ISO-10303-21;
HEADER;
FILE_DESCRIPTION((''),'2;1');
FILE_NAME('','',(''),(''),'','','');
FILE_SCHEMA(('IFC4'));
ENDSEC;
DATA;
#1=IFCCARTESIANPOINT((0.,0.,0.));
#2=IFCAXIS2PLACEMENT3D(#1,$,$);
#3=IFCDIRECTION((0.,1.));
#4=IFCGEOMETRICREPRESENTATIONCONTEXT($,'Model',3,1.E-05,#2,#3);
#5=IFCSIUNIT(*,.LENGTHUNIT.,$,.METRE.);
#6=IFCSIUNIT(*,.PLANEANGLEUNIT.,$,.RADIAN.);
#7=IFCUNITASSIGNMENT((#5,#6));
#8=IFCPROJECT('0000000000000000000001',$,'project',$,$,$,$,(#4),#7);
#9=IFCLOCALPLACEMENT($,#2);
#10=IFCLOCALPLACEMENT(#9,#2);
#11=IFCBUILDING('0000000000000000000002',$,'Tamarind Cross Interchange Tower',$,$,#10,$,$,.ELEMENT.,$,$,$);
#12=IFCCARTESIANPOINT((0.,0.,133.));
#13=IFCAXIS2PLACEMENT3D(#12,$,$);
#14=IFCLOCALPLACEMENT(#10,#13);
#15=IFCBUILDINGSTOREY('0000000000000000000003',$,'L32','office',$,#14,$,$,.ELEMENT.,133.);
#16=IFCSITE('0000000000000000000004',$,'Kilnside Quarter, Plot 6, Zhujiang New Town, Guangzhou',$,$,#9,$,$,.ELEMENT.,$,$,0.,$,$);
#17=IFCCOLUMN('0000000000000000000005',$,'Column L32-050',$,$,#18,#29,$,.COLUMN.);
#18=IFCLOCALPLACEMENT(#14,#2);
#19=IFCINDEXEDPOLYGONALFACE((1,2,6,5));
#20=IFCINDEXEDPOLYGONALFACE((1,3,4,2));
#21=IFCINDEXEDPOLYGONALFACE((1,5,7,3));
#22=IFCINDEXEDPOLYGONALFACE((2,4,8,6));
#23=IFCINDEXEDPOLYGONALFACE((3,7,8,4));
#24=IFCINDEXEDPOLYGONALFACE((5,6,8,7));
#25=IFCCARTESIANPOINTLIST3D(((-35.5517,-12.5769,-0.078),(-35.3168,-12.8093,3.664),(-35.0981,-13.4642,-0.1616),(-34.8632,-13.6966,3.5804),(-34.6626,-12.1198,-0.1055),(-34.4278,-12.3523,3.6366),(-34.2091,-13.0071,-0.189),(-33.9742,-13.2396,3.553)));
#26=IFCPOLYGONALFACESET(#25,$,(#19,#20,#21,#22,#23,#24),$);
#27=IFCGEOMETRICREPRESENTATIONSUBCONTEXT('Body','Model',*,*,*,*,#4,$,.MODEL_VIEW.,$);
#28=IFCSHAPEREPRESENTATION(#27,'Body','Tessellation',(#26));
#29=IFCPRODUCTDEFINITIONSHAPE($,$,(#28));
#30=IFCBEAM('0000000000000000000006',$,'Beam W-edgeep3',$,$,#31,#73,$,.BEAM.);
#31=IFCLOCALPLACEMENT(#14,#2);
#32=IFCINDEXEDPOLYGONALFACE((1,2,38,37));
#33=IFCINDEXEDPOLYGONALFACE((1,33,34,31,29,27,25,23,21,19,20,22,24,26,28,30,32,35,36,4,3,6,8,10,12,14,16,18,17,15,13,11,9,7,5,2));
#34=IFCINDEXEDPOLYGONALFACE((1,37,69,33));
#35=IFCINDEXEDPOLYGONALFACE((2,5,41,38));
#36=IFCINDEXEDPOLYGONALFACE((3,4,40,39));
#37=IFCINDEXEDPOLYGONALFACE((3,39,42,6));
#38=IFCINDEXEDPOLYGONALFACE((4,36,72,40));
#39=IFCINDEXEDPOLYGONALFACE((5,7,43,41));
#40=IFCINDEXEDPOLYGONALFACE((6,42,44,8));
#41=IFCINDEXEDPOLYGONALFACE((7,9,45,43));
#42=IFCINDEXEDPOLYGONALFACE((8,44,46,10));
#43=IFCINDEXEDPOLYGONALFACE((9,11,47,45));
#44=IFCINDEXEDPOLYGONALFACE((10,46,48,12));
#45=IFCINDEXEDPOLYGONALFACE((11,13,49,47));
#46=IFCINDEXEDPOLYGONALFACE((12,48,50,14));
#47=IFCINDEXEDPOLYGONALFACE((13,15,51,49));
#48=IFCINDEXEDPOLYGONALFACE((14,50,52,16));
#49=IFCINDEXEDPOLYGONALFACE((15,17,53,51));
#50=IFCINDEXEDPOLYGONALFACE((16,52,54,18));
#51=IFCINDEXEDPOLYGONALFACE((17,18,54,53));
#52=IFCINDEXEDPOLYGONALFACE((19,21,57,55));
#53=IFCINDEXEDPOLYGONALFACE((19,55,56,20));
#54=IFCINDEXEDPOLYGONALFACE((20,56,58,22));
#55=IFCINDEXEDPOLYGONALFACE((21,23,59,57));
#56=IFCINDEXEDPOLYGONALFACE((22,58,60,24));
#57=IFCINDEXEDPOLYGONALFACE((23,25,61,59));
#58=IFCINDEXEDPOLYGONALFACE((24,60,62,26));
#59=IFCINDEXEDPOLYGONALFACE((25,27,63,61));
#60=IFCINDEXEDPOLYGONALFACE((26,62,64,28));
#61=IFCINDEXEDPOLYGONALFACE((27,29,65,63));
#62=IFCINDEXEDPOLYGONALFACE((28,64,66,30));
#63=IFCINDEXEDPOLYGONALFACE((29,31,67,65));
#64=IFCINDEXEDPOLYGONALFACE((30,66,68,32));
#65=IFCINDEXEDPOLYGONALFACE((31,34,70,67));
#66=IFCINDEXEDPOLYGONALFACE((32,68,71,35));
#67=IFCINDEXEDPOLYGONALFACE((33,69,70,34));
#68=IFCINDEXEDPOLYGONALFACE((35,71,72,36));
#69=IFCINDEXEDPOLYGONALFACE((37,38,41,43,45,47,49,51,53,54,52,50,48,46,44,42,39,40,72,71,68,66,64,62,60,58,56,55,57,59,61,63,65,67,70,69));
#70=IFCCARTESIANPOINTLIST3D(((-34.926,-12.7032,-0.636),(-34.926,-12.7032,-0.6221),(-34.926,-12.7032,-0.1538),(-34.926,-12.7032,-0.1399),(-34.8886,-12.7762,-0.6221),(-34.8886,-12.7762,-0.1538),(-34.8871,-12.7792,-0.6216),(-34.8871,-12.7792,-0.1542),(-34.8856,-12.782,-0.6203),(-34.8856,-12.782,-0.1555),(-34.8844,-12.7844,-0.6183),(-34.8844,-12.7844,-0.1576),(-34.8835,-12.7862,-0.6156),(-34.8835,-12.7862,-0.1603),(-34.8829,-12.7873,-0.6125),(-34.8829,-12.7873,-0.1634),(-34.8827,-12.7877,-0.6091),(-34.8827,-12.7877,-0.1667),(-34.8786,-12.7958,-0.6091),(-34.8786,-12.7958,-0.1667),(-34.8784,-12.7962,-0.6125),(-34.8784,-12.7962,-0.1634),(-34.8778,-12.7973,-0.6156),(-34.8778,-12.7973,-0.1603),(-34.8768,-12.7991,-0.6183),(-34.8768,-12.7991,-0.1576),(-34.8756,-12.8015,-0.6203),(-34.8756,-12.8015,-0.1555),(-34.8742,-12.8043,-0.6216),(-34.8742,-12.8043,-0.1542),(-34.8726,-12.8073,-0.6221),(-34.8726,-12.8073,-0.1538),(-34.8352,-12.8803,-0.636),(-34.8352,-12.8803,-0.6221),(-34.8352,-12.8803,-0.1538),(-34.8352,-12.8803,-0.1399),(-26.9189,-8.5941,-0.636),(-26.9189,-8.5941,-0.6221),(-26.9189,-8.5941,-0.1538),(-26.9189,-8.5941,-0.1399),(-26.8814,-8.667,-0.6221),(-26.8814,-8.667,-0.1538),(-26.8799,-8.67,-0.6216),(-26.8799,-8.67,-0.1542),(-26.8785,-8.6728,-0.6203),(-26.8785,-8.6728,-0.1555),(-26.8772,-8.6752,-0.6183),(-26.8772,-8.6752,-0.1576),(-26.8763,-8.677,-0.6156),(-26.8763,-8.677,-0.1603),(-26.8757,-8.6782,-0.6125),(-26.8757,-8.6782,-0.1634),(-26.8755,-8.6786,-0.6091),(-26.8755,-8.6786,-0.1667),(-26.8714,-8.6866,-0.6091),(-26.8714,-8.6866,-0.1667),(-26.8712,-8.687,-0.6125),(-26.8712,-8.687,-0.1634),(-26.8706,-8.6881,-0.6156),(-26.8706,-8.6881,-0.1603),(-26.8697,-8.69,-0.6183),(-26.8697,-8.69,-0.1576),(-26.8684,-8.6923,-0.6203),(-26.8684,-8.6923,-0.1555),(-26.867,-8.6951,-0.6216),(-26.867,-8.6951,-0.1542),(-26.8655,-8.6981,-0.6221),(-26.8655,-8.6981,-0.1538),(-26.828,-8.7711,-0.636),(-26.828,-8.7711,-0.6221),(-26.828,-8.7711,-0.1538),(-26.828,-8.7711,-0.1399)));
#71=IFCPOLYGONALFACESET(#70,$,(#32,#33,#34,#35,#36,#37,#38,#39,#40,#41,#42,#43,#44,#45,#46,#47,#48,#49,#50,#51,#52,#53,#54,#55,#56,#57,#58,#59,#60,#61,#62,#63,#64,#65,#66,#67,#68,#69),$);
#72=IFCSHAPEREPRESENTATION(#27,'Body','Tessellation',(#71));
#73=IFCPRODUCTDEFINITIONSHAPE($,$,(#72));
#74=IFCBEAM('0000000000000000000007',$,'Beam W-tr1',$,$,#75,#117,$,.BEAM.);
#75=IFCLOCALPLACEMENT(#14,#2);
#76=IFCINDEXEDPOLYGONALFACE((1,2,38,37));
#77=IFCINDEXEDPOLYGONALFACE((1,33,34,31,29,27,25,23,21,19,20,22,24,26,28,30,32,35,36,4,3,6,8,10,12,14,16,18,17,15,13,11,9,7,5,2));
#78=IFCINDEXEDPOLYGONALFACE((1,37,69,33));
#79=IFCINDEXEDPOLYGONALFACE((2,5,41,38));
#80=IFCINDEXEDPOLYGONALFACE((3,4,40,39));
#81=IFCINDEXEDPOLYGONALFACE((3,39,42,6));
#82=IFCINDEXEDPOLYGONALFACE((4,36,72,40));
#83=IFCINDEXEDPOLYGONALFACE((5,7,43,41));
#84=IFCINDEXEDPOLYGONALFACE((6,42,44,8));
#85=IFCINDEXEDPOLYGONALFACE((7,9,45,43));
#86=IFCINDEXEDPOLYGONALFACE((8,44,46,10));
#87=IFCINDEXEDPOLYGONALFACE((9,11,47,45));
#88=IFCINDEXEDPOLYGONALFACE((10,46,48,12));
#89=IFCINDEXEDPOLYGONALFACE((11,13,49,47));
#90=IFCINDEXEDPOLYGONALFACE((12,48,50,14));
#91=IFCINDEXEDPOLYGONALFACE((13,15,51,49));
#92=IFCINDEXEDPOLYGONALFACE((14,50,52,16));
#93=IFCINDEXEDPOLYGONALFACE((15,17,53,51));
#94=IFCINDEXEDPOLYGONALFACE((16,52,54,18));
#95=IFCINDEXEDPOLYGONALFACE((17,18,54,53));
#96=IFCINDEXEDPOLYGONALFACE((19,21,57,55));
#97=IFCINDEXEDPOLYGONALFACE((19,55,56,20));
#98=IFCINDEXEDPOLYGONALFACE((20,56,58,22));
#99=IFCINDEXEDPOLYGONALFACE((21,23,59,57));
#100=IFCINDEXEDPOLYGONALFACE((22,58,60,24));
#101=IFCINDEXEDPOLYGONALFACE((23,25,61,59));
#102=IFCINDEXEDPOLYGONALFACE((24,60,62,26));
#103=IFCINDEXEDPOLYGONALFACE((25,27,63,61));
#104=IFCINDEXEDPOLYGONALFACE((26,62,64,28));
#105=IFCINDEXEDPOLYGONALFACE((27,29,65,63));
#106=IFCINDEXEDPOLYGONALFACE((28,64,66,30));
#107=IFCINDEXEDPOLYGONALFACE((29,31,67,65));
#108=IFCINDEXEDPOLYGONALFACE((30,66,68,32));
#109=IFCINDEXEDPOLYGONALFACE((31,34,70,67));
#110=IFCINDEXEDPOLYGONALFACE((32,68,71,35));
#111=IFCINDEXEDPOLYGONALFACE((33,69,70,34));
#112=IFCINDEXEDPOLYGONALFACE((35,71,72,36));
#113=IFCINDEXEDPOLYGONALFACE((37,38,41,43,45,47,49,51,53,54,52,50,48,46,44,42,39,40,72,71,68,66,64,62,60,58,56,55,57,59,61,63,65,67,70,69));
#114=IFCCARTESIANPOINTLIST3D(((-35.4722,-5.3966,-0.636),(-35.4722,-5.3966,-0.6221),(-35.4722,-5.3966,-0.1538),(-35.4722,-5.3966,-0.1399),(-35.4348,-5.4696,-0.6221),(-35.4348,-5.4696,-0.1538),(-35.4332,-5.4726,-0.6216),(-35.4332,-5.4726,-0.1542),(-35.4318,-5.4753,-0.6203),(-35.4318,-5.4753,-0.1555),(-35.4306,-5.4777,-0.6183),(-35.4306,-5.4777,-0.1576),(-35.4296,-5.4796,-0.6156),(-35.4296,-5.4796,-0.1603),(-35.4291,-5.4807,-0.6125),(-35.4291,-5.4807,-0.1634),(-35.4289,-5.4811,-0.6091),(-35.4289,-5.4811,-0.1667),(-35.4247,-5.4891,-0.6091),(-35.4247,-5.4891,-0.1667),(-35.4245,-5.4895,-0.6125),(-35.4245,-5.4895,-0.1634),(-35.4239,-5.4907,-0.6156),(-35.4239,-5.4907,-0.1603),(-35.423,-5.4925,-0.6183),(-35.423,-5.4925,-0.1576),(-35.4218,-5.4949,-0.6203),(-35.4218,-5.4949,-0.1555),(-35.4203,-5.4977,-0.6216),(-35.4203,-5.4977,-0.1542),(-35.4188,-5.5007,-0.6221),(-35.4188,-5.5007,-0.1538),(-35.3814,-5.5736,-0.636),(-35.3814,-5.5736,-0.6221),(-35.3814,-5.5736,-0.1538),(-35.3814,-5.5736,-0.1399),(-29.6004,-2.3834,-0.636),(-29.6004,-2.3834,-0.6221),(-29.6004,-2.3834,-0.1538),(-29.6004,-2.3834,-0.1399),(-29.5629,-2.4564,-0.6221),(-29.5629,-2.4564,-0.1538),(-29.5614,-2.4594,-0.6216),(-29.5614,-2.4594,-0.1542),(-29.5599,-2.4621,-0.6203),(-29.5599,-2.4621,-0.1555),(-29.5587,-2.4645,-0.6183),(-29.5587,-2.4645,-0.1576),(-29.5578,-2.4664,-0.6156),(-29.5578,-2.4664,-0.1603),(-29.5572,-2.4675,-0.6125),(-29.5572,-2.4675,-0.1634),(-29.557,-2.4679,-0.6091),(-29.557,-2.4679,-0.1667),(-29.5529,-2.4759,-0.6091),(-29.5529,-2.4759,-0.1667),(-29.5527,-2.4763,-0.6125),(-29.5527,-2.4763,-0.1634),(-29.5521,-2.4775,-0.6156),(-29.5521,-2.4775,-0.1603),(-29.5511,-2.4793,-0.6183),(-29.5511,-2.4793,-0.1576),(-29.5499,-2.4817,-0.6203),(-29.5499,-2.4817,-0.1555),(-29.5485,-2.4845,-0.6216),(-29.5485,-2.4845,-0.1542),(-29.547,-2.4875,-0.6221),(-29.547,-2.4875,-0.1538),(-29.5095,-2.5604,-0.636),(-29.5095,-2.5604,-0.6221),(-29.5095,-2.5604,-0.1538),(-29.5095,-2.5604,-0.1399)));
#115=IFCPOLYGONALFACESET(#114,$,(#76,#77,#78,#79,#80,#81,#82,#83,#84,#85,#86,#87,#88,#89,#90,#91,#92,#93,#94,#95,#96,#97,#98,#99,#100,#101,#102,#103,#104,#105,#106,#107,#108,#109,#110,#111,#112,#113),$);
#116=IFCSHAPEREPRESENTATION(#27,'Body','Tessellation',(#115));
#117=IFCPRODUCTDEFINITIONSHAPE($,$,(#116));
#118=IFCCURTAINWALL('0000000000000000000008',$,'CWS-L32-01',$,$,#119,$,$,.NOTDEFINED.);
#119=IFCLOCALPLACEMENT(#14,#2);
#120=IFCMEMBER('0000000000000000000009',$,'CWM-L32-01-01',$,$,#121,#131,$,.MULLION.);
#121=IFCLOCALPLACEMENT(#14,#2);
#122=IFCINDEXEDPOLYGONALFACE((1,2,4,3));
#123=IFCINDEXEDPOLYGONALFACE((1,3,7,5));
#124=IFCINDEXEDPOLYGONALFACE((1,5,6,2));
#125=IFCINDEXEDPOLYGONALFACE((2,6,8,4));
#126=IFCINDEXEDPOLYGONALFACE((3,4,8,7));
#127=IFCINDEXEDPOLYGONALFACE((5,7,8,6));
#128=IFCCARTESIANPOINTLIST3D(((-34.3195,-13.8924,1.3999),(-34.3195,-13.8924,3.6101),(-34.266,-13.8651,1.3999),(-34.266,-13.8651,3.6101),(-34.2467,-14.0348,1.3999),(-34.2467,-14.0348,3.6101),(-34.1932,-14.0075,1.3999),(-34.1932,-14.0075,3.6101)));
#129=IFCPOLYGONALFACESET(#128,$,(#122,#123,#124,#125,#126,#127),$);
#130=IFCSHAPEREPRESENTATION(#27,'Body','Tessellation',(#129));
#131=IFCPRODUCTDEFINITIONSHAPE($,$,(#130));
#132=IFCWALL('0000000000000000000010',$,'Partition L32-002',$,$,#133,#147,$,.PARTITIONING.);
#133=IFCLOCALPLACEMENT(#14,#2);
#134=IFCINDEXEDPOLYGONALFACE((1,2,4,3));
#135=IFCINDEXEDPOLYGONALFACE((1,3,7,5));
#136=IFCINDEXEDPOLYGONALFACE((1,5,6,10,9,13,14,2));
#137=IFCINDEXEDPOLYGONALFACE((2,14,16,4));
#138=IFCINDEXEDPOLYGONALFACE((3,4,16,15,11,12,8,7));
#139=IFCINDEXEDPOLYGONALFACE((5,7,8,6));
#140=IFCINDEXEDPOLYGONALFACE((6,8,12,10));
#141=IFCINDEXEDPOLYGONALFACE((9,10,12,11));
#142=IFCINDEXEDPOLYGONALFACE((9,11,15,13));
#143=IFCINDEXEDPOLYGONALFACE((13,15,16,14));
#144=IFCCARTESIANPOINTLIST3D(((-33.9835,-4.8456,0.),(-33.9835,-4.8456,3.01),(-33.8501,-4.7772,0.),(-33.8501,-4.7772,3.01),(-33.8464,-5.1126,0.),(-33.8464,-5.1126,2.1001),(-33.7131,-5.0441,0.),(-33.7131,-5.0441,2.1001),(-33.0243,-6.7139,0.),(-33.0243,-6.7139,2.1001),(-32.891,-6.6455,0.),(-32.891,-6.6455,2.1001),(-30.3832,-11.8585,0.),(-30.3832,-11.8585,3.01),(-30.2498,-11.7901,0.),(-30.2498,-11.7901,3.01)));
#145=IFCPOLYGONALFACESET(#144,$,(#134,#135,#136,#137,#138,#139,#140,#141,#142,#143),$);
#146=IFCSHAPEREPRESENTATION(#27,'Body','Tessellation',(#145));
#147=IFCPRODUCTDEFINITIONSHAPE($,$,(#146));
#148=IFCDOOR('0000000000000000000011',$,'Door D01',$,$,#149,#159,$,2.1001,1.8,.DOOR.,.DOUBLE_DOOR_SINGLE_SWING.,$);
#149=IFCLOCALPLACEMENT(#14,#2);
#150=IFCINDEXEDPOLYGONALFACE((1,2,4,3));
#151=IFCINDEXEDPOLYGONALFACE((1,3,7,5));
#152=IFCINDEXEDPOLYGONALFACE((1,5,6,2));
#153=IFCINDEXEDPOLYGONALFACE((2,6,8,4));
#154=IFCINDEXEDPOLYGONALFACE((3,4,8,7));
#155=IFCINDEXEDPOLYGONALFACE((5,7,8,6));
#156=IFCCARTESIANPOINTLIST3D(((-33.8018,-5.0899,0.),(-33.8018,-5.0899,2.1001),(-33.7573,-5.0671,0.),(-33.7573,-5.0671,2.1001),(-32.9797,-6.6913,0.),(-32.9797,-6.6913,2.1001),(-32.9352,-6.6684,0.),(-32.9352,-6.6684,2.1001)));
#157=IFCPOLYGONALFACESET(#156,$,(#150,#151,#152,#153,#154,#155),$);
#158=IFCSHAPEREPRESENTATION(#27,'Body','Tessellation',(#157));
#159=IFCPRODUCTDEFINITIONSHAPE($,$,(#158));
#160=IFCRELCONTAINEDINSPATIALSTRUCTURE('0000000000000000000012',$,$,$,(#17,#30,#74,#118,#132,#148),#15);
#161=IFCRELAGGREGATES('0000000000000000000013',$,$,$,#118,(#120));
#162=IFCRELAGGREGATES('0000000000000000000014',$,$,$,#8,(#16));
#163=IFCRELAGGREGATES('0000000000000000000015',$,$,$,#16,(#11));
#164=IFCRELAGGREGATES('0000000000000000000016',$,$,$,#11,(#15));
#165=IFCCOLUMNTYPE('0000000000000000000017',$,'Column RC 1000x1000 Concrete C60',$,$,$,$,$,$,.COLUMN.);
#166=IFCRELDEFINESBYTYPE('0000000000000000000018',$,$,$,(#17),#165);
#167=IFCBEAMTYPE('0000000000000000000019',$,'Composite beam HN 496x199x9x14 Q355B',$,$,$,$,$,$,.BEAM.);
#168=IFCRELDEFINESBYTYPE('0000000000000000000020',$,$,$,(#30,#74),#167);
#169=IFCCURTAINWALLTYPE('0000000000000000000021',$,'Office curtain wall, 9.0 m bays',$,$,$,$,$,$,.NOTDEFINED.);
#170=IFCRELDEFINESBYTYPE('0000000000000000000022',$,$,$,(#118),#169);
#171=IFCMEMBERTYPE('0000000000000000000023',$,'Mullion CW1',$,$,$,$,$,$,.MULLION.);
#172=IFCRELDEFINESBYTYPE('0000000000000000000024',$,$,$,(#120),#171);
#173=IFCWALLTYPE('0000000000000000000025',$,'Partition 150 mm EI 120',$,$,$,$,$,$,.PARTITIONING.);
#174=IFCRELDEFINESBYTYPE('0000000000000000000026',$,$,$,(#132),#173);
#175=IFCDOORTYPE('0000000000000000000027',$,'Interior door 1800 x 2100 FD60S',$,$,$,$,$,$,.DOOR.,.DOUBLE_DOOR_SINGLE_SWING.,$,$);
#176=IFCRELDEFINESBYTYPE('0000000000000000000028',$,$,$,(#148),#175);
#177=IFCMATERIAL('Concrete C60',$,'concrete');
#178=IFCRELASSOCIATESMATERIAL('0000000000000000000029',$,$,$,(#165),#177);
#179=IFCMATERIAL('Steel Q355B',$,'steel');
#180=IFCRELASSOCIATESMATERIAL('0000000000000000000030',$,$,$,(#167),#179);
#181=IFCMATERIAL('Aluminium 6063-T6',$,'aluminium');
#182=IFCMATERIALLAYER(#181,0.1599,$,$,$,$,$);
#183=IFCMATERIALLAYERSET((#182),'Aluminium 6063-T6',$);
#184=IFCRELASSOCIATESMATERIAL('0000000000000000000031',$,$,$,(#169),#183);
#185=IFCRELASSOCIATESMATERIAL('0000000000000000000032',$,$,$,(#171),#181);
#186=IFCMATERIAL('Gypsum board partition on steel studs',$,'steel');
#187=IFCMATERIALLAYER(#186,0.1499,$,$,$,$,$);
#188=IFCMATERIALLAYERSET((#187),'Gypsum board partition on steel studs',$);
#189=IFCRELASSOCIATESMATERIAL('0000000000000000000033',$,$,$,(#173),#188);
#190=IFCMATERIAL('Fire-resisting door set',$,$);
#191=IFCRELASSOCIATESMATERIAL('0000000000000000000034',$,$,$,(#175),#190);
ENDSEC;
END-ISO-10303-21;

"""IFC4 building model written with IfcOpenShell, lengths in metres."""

from ifc_helpers import new_model, si_unit, direction, frame, frame_2d, origin, origin_2d, place, context, subcontext, project, spatial, rectangle, i_section, extrude, material, layer, layer_set, material_profile, profile_set, type_object, element, fill, aggregate, save


model = new_model("IFC4")

# Units and contexts
model_context = context("Model", 3, precision=1e-05, world=origin(), true_north=direction((0.0, 1.0)))
body_context = subcontext(model_context, "Body", "Model", "MODEL_VIEW")
ifc_project = project(units=[si_unit("LENGTHUNIT", "METRE"), si_unit("PLANEANGLEUNIT", "RADIAN")], contexts=[model_context])

# Site, building, storey
site_placement = place(None, origin())
site = spatial("IfcSite", under=ifc_project, at=site_placement, Name="Kilnside Quarter, Plot 6, Zhujiang New Town, Guangzhou", CompositionType="ELEMENT", RefElevation=0.0)
building_placement = place(site_placement, origin())
building = spatial("IfcBuilding", under=site, at=building_placement, Name="Tamarind Cross Interchange Tower", CompositionType="ELEMENT")
storey_placement = place(building_placement, frame((0.0, 0.0, 133.0)))
storey = spatial("IfcBuildingStorey", under=building, at=storey_placement, Name="L32", Description="office", CompositionType="ELEMENT", Elevation=133.0)

# Column
ifc_material_1 = material(Name="Concrete C60", Category="concrete")
ifc_material_profile_1 = material_profile(ifc_material_1, rectangle(XDim=1.0, YDim=1.0, at=origin_2d()), Name="RC 1000x1000")
ifc_profile_set_1 = profile_set([ifc_material_profile_1], Name="Concrete C60")
column_type = type_object("IfcColumnType", Name="Column RC 1000x1000 Concrete C60", PredefinedType="COLUMN", material=ifc_profile_set_1)
column_placement = place(storey_placement, frame((-34.8804, -12.792, -0.1335), z_axis=(0.062522, -0.061872, 0.996124), x_axis=(-0.453556, 0.8873, 0.08358)))
element("IfcColumn", 1, at=column_placement, inside=storey, type_object=column_type, Name="Column L32-050", PredefinedType="COLUMN", context=body_context, shape_type="SweptSolid", body=[
    extrude(rectangle(XDim=1.0, YDim=1.0, at=origin_2d()), origin(), (0.0, 0.0, 1.0), 3.7566),
])

# Beams
ifc_material_2 = material(Name="Steel Q355B", Category="steel")
ifc_material_profile_2 = material_profile(ifc_material_2, i_section(OverallWidth=0.199, OverallDepth=0.4961, WebThickness=0.009, FlangeThickness=0.0139, FilletRadius=0.0129, at=origin_2d()), Name="HN 496x199x9x14")
ifc_profile_set_2 = profile_set([ifc_material_profile_2], Name="Steel Q355B")
beam_type = type_object("IfcBeamType", Name="Composite beam HN 496x199x9x14 Q355B", PredefinedType="BEAM", material=ifc_profile_set_2)
beam_1_placement = place(storey_placement, frame((-34.8806, -12.7917, -0.3879), z_axis=(0.889685, 0.456575, 0.0), x_axis=(-0.456575, 0.889685, 0.0)))
element("IfcBeam", 2, at=beam_1_placement, inside=storey, type_object=beam_type, Name="Beam W-edgeep3", PredefinedType="BEAM", context=body_context, shape_type="SweptSolid", body=[
    extrude(i_section(OverallWidth=0.199, OverallDepth=0.4961, WebThickness=0.009, FlangeThickness=0.0139, FilletRadius=0.0129, at=origin_2d()), origin(), (0.0, 0.0, 1.0), 9.0),
])
beam_2_placement = place(storey_placement, frame((-29.5549, -2.4719, -0.3879), z_axis=(-0.889695, -0.456555, 0.0), x_axis=(0.456555, -0.889695, 0.0)))
element("IfcBeam", 3, at=beam_2_placement, inside=storey, type_object=beam_type, Name="Beam W-tr1", PredefinedType="BEAM", context=body_context, shape_type="SweptSolid", body=[
    extrude(i_section(OverallWidth=0.199, OverallDepth=0.4961, WebThickness=0.009, FlangeThickness=0.0139, FilletRadius=0.0129, at=origin_2d()), origin(), (0.0, 0.0, 1.0), 6.5999),
])

# Curtain wall, member
ifc_material_3 = material(Name="Aluminium 6063-T6", Category="aluminium")
ifc_layer_1 = layer(ifc_material_3, 0.1599)
ifc_layer_set_1 = layer_set([ifc_layer_1], Name="Aluminium 6063-T6")
curtain_wall_type = type_object("IfcCurtainWallType", Name="Office curtain wall, 9.0 m bays", PredefinedType="NOTDEFINED", material=ifc_layer_set_1)
curtain_wall_placement = place(storey_placement, origin())
curtain_wall = element("IfcCurtainWall", 4, at=curtain_wall_placement, inside=storey, type_object=curtain_wall_type, Name="CWS-L32-01", PredefinedType="NOTDEFINED")
ifc_material_profile_3 = material_profile(ifc_material_3, rectangle(XDim=0.0601, YDim=0.1599, at=origin_2d()), Name="Mullion CW1")
ifc_profile_set_3 = profile_set([ifc_material_profile_3], Name="Aluminium 6063-T6")
member_type = type_object("IfcMemberType", Name="Mullion CW1", PredefinedType="MULLION", material=ifc_profile_set_3)
member_placement = place(storey_placement, frame((-34.2563, -13.95, 1.3999), z_axis=(0.0, 0.0, 1.0), x_axis=(0.89057, 0.454847, 0.0)))
member = element("IfcMember", 5, at=member_placement, type_object=member_type, Name="CWM-L32-01-01", PredefinedType="MULLION", context=body_context, shape_type="SweptSolid", body=[
    extrude(rectangle(XDim=0.0601, YDim=0.1599, at=origin_2d()), origin(), (0.0, 0.0, 1.0), 2.2102),
])
aggregate(curtain_wall, [member])

# Wall, opening, door
ifc_material_4 = material(Name="Gypsum board partition on steel studs", Category="steel")
ifc_layer_2 = layer(ifc_material_4, 0.1499)
ifc_layer_set_2 = layer_set([ifc_layer_2], Name="Gypsum board partition on steel studs")
wall_type_1 = type_object("IfcWallType", Name="Partition 150 mm EI 120", PredefinedType="PARTITIONING", material=ifc_layer_set_2)
wall_1_placement = place(storey_placement, frame((-33.9167, -4.8115, 0.0), z_axis=(0.0, 0.0, 1.0), x_axis=(0.456715, -0.889613, 0.0)))
wall_1 = element("IfcWall", 6, at=wall_1_placement, inside=storey, type_object=wall_type_1, Name="Partition L32-002", PredefinedType="PARTITIONING", context=body_context, shape_type="SweptSolid", body=[
    extrude(rectangle(XDim=7.8831, YDim=0.1499, at=frame_2d((3.9414, 0.0))), origin(), (0.0, 0.0, 1.0), 3.01),
])
opening_1_placement = place(wall_1_placement, frame((0.3, 0.0, 0.0)))
opening_1 = element("IfcOpeningElement", 7, at=opening_1_placement, cuts=wall_1, PredefinedType="OPENING", context=body_context, shape_type="SweptSolid", body=[
    extrude(rectangle(XDim=1.8, YDim=2.1001, at=frame_2d((0.8999, 1.05))), frame((0.0, 0.085, 0.0), z_axis=(0.0, -1.0, 0.0), x_axis=(1.0, 0.0, 0.0)), (0.0, 0.0, 1.0), 0.1699),
])
ifc_material_5 = material(Name="Fire-resisting door set")
door_type_1 = type_object("IfcDoorType", Name="Interior door 1800 x 2100 FD60S", OperationType="DOUBLE_DOOR_SINGLE_SWING", PredefinedType="DOOR", material=ifc_material_5)
door_1_placement = place(opening_1_placement, frame((1.8, 0.0, 0.0), z_axis=(0.0, 0.0, 1.0), x_axis=(-1.0, 0.0, 0.0)))
door_1 = element("IfcDoor", 8, at=door_1_placement, inside=storey, type_object=door_type_1, Name="Door D01", OperationType="DOUBLE_DOOR_SINGLE_SWING", OverallHeight=2.1001, OverallWidth=1.8, PredefinedType="DOOR", context=body_context, shape_type="SweptSolid", body=[
    extrude(rectangle(XDim=1.8, YDim=2.1001, at=frame_2d((0.8999, 1.05))), frame((0.0, 0.0249, 0.0), z_axis=(0.0, -1.0, 0.0), x_axis=(1.0, 0.0, 0.0)), (0.0, 0.0, 1.0), 0.05),
])
fill(opening_1, door_1)

save(model, "model.ifc")
